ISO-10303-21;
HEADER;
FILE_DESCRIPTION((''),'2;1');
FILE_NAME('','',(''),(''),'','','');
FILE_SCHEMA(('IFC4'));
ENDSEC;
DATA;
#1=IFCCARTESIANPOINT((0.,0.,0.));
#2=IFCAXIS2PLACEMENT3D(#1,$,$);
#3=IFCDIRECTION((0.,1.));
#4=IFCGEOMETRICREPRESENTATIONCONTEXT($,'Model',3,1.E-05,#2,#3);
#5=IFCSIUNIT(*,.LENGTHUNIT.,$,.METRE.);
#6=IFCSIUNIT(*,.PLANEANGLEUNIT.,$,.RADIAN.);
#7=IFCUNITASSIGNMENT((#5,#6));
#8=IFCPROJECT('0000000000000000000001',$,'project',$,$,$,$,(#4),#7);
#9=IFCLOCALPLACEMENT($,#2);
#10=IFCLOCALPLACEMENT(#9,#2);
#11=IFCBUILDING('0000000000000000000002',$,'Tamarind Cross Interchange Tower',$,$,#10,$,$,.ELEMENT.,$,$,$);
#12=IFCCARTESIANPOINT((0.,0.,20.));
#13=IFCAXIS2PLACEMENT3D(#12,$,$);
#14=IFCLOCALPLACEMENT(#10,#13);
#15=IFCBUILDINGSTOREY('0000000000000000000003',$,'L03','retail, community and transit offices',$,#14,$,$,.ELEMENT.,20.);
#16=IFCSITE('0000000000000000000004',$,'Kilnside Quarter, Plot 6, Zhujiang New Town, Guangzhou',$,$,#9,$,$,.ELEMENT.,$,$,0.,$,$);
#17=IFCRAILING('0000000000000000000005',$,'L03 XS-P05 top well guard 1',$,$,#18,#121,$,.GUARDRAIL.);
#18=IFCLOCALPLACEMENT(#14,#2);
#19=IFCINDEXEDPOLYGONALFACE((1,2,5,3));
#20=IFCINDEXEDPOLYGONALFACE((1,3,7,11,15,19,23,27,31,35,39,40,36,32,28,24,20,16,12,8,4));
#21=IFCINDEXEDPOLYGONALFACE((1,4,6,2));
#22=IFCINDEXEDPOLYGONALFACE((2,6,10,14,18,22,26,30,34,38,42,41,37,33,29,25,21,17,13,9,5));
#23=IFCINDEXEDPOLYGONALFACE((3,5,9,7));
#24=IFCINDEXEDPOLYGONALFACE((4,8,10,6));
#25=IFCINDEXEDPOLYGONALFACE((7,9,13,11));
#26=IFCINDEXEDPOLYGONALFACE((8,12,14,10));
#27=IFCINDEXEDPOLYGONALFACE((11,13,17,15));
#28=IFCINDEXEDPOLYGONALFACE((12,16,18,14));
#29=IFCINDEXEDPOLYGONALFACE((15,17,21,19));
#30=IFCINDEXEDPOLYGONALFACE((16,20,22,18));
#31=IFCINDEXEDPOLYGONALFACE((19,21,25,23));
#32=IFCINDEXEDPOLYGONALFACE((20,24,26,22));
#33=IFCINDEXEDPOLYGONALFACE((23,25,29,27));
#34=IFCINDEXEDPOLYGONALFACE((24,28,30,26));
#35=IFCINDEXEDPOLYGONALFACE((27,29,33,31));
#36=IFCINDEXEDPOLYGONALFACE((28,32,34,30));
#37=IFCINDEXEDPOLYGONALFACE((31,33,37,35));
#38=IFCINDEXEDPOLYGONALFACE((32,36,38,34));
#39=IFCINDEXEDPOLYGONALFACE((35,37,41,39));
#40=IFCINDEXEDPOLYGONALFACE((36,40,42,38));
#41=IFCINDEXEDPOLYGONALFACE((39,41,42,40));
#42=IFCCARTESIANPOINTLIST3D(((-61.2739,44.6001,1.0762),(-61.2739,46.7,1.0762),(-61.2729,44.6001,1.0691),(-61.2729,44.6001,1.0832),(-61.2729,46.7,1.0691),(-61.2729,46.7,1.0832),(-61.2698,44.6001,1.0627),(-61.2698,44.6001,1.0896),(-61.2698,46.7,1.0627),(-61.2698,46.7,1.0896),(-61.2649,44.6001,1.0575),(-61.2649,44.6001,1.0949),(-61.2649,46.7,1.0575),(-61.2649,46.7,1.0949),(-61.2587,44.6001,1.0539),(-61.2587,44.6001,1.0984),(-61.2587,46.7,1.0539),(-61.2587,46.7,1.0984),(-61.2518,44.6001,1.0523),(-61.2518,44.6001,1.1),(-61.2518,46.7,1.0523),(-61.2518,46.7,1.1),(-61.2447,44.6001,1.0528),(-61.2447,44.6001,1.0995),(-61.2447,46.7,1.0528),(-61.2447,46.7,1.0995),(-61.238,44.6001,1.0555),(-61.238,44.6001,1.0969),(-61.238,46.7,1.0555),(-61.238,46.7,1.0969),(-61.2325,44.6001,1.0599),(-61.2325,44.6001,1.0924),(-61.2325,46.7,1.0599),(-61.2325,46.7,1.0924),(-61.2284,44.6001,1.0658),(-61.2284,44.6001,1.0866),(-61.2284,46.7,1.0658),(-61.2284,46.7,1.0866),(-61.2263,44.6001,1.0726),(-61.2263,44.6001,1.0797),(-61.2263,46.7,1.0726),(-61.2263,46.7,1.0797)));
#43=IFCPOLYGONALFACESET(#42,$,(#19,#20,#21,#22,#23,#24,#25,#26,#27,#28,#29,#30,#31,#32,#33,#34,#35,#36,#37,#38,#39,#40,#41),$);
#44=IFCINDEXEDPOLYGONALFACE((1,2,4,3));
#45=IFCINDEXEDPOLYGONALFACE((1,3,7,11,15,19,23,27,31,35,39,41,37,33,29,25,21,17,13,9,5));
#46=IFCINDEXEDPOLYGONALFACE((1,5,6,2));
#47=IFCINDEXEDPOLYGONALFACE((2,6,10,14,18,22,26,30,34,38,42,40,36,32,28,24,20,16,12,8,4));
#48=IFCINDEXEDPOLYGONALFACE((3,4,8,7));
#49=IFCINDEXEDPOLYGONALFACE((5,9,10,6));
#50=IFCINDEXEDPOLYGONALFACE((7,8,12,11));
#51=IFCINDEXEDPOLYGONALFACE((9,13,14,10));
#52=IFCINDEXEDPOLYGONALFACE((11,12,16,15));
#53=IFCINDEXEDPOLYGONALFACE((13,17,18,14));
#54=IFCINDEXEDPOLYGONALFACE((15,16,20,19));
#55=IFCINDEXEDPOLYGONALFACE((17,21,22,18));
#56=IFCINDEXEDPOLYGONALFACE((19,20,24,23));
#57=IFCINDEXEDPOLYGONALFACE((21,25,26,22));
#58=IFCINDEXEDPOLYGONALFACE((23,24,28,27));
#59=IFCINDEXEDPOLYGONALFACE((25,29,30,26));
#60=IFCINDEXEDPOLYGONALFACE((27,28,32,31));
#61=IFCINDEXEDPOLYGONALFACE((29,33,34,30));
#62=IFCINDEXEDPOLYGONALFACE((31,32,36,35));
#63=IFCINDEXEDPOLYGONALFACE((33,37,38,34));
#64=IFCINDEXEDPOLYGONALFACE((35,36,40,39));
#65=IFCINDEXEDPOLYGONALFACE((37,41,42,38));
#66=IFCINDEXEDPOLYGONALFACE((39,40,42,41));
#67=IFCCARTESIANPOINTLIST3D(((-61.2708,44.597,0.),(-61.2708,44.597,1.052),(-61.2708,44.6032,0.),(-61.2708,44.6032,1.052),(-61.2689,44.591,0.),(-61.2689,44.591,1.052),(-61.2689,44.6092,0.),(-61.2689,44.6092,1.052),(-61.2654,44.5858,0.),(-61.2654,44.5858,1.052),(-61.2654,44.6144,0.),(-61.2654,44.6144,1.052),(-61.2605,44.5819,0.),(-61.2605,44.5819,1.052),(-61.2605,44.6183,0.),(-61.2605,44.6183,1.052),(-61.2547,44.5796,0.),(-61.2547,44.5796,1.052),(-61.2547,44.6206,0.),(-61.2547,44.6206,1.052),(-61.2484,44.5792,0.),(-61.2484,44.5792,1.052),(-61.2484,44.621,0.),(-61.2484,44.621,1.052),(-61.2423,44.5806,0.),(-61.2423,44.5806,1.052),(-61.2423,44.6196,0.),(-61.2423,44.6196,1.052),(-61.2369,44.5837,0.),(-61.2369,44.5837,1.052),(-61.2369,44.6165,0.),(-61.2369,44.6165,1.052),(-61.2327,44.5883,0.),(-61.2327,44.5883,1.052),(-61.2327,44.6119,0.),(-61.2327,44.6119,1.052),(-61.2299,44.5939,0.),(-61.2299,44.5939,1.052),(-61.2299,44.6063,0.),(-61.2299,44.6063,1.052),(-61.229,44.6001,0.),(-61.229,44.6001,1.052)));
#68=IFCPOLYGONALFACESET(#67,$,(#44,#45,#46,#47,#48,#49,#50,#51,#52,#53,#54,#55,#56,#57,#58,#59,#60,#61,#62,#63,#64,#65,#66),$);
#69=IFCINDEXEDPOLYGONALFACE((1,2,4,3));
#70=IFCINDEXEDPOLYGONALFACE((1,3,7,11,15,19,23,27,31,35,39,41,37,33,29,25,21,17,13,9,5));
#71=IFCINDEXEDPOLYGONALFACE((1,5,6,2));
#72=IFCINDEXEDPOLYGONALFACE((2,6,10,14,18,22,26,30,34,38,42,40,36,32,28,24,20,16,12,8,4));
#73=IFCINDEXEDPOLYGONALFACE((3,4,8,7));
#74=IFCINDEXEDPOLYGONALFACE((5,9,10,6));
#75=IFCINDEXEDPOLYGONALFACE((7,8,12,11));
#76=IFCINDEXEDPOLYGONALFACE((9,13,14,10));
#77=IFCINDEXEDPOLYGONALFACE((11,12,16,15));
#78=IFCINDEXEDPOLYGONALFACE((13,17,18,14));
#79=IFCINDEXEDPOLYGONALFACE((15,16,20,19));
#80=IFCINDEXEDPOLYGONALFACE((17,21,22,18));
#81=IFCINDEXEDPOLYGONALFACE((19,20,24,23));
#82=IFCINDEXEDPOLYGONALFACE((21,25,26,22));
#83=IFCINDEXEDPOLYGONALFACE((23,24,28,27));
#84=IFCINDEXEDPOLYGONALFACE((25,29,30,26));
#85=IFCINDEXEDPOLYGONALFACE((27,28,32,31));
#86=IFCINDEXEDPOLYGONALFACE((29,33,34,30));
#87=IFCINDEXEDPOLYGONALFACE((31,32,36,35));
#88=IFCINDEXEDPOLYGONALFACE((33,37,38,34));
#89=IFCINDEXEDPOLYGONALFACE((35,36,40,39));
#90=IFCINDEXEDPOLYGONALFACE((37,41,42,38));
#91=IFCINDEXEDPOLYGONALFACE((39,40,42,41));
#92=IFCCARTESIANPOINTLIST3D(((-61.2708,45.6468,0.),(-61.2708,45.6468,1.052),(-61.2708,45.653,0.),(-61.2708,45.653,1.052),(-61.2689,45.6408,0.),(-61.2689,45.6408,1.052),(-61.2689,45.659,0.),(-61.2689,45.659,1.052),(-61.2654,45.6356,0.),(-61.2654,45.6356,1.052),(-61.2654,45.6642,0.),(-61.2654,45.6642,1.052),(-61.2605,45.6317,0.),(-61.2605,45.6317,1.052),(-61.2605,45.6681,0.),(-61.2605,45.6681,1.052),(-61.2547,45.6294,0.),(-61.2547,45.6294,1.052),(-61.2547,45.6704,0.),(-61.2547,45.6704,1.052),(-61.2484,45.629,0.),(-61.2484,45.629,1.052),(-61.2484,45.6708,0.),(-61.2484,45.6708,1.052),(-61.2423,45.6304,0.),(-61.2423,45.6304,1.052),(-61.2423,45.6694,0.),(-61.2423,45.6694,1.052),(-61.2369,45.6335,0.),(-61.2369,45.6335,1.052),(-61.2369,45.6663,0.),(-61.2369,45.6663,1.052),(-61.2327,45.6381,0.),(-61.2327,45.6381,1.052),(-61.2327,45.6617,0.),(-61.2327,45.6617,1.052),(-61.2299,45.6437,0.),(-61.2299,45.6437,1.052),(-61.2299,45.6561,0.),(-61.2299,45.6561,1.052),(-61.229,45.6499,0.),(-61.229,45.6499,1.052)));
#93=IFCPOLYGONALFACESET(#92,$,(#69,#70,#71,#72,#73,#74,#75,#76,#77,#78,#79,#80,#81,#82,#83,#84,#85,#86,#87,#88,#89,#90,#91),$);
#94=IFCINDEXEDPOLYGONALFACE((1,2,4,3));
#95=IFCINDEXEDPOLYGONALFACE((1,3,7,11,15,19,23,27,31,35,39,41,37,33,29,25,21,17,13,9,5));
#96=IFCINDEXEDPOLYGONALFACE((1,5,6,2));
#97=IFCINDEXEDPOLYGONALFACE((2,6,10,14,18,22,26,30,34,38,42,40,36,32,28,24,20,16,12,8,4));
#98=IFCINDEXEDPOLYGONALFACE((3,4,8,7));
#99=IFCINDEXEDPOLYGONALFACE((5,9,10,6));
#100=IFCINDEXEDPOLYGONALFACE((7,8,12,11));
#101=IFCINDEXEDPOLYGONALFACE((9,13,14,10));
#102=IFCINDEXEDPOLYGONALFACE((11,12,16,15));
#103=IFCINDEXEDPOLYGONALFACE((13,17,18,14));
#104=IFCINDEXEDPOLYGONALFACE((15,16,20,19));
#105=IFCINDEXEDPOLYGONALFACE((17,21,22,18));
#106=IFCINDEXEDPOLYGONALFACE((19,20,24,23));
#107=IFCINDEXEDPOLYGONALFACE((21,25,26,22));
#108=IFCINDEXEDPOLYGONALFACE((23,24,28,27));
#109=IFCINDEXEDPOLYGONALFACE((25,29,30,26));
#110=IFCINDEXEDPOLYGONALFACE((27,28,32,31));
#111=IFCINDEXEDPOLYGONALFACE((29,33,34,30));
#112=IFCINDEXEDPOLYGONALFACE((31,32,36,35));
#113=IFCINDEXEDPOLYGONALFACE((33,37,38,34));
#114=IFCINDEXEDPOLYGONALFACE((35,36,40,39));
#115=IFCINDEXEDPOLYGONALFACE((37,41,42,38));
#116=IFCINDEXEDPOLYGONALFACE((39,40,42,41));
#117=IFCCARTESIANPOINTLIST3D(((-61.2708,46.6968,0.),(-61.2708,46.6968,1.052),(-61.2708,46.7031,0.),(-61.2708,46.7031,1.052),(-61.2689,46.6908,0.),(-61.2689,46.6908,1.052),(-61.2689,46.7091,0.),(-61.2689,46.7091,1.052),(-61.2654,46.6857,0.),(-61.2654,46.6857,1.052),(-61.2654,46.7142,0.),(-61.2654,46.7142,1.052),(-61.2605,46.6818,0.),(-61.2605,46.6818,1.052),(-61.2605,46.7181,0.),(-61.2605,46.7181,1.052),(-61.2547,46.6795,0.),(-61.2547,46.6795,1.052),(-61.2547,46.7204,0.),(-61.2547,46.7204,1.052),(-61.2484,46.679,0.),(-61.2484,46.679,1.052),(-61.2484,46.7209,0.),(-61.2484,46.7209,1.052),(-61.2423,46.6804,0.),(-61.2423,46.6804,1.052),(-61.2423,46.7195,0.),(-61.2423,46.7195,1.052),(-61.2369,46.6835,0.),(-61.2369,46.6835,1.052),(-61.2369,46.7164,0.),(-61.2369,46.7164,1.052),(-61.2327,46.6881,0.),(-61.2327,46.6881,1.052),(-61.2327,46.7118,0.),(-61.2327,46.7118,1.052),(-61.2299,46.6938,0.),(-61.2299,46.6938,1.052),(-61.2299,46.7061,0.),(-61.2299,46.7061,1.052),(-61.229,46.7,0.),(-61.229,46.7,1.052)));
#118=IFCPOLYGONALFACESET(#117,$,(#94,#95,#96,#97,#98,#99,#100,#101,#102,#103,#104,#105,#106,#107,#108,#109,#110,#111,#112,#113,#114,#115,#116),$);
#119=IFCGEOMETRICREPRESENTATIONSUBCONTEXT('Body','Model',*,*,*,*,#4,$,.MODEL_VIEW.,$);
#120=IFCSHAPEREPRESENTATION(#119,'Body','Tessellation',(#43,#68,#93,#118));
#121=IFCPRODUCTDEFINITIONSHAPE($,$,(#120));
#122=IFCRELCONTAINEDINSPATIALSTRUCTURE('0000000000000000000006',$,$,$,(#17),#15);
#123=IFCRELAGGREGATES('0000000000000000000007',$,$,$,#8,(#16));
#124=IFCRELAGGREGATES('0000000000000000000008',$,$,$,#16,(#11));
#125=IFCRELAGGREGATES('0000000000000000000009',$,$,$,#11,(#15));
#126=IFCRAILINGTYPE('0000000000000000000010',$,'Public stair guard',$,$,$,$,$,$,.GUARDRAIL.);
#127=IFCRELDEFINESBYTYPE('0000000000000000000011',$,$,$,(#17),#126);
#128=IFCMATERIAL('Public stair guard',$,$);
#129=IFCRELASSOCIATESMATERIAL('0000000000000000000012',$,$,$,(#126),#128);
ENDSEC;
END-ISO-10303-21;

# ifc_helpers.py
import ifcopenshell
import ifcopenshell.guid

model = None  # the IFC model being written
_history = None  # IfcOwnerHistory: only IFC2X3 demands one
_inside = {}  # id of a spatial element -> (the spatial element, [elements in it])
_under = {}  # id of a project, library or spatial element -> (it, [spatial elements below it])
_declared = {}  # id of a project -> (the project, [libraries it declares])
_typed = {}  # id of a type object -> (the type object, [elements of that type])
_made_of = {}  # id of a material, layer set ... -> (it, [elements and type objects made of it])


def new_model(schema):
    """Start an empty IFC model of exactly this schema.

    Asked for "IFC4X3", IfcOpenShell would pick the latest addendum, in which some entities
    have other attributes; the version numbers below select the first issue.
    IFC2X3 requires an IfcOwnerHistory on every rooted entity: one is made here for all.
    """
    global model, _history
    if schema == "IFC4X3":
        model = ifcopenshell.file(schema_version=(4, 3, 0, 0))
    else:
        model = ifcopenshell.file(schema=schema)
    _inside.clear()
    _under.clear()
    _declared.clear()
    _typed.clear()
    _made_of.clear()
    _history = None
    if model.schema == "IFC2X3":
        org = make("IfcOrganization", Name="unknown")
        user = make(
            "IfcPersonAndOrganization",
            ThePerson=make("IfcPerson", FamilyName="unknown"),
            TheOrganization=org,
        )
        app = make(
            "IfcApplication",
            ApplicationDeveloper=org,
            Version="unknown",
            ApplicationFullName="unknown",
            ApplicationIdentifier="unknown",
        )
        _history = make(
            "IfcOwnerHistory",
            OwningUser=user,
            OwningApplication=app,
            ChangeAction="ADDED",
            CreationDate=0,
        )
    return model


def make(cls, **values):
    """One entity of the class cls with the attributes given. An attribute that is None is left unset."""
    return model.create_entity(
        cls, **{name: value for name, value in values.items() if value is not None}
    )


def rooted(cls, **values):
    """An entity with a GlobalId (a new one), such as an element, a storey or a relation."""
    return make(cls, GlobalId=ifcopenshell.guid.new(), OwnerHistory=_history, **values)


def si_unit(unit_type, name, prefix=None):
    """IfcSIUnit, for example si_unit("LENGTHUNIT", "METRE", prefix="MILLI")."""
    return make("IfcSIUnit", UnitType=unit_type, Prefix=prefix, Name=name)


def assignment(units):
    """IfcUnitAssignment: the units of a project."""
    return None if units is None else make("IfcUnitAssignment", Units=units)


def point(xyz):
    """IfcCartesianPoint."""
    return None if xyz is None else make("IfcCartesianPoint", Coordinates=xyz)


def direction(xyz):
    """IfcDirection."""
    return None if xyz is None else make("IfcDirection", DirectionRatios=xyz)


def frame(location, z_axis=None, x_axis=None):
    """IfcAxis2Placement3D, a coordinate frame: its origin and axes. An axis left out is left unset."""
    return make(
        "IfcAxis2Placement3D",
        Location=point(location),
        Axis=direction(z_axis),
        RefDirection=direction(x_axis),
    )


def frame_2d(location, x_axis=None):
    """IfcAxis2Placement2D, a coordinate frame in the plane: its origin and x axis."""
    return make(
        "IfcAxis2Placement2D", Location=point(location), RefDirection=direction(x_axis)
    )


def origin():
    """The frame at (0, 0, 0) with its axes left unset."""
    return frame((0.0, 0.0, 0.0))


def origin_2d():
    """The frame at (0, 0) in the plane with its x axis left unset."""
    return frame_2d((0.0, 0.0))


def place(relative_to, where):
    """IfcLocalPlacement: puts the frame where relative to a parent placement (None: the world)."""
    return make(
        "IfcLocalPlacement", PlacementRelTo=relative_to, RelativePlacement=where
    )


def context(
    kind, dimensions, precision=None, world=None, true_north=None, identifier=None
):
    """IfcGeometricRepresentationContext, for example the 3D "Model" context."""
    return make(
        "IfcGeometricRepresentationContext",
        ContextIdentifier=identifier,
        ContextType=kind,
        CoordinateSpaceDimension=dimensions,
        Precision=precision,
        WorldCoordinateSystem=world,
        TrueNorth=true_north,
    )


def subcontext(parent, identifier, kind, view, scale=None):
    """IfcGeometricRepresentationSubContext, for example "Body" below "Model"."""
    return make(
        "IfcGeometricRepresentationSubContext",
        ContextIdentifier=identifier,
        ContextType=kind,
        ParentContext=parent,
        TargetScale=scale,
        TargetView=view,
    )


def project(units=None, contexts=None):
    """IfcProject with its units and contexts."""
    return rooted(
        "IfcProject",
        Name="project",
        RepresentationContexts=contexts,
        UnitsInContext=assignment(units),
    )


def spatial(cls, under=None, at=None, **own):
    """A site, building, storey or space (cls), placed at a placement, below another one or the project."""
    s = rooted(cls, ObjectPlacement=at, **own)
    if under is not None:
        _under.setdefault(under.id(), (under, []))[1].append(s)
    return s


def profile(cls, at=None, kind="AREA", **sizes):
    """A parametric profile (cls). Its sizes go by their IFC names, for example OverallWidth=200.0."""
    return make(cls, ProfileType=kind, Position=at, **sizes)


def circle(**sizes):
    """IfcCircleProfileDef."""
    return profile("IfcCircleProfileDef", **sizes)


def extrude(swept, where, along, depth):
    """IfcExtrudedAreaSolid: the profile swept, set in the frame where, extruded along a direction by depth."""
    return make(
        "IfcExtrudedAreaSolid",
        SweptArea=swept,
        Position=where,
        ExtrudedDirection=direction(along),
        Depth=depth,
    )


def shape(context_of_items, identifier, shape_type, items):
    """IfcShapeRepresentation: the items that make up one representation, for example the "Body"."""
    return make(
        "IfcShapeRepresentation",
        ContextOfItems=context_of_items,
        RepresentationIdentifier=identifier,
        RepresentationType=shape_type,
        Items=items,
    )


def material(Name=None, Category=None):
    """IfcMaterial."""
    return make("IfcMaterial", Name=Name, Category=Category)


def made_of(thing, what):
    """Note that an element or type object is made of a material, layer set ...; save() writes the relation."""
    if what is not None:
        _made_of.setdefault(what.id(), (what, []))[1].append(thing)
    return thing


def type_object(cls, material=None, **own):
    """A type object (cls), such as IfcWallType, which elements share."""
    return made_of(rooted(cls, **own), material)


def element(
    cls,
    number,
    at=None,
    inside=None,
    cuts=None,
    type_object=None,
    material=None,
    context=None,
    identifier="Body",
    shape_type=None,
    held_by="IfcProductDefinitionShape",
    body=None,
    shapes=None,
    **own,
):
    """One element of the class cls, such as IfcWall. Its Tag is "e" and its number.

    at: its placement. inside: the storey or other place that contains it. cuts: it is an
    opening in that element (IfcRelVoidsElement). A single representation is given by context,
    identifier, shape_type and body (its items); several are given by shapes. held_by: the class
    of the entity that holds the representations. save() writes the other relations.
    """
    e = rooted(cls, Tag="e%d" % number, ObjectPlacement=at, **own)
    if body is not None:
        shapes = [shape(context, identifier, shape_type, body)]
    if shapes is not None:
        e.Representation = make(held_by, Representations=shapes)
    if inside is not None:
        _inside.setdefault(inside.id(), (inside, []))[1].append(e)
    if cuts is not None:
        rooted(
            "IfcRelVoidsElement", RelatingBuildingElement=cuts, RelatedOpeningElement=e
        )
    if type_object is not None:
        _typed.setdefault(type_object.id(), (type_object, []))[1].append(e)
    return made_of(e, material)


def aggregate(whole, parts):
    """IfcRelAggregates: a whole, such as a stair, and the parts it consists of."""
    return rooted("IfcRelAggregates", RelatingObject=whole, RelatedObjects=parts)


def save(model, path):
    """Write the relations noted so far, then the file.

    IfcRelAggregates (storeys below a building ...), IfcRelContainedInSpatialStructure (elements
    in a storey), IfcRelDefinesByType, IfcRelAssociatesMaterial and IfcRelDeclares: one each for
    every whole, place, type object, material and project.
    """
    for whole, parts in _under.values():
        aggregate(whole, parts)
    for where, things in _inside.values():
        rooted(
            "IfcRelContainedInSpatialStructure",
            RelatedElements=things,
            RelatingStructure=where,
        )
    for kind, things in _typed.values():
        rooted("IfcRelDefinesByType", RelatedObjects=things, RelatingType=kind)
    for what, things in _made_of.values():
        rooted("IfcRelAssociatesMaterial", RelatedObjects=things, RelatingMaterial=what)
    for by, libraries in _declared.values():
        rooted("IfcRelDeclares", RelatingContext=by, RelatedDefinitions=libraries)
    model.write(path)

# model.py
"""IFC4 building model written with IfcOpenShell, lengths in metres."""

from ifc_helpers import new_model, si_unit, direction, frame, origin, origin_2d, place, context, subcontext, project, spatial, circle, extrude, material, type_object, element, save


model = new_model("IFC4")

# Units and contexts
model_context = context("Model", 3, precision=1e-05, world=origin(), true_north=direction((0.0, 1.0)))
body_context = subcontext(model_context, "Body", "Model", "MODEL_VIEW")
ifc_project = project(units=[si_unit("LENGTHUNIT", "METRE"), si_unit("PLANEANGLEUNIT", "RADIAN")], contexts=[model_context])

# Site, building, storey
site_placement = place(None, origin())
site = spatial("IfcSite", under=ifc_project, at=site_placement, Name="Kilnside Quarter, Plot 6, Zhujiang New Town, Guangzhou", CompositionType="ELEMENT", RefElevation=0.0)
building_placement = place(site_placement, origin())
building = spatial("IfcBuilding", under=site, at=building_placement, Name="Tamarind Cross Interchange Tower", CompositionType="ELEMENT")
storey_placement = place(building_placement, frame((0.0, 0.0, 20.0)))
storey = spatial("IfcBuildingStorey", under=building, at=storey_placement, Name="L03", Description="retail, community and transit offices", CompositionType="ELEMENT", Elevation=20.0)

# Railing
ifc_material_1 = material(Name="Public stair guard")
railing_type = type_object("IfcRailingType", Name="Public stair guard", PredefinedType="GUARDRAIL", material=ifc_material_1)
railing_placement = place(storey_placement, frame((-61.25, 44.6001, 0.0)))
element("IfcRailing", 1, at=railing_placement, inside=storey, type_object=railing_type, Name="L03 XS-P05 top well guard 1", PredefinedType="GUARDRAIL", context=body_context, shape_type="SweptSolid", body=[
    extrude(circle(Radius=0.0239, at=origin_2d()), frame((0.0, 0.0, 1.0762), z_axis=(0.0, 1.0, 0.0), x_axis=(-1.0, 0.0, 0.0)), (0.0, 0.0, 1.0), 2.0999),
    extrude(circle(Radius=0.021, at=origin_2d()), origin(), (0.0, 0.0, 1.0), 1.052),
    extrude(circle(Radius=0.021, at=origin_2d()), frame((0.0, 1.0498, 0.0)), (0.0, 0.0, 1.0), 1.052),
    extrude(circle(Radius=0.021, at=origin_2d()), frame((0.0, 2.0999, 0.0)), (0.0, 0.0, 1.0), 1.052),
])

save(model, "model.ifc")
